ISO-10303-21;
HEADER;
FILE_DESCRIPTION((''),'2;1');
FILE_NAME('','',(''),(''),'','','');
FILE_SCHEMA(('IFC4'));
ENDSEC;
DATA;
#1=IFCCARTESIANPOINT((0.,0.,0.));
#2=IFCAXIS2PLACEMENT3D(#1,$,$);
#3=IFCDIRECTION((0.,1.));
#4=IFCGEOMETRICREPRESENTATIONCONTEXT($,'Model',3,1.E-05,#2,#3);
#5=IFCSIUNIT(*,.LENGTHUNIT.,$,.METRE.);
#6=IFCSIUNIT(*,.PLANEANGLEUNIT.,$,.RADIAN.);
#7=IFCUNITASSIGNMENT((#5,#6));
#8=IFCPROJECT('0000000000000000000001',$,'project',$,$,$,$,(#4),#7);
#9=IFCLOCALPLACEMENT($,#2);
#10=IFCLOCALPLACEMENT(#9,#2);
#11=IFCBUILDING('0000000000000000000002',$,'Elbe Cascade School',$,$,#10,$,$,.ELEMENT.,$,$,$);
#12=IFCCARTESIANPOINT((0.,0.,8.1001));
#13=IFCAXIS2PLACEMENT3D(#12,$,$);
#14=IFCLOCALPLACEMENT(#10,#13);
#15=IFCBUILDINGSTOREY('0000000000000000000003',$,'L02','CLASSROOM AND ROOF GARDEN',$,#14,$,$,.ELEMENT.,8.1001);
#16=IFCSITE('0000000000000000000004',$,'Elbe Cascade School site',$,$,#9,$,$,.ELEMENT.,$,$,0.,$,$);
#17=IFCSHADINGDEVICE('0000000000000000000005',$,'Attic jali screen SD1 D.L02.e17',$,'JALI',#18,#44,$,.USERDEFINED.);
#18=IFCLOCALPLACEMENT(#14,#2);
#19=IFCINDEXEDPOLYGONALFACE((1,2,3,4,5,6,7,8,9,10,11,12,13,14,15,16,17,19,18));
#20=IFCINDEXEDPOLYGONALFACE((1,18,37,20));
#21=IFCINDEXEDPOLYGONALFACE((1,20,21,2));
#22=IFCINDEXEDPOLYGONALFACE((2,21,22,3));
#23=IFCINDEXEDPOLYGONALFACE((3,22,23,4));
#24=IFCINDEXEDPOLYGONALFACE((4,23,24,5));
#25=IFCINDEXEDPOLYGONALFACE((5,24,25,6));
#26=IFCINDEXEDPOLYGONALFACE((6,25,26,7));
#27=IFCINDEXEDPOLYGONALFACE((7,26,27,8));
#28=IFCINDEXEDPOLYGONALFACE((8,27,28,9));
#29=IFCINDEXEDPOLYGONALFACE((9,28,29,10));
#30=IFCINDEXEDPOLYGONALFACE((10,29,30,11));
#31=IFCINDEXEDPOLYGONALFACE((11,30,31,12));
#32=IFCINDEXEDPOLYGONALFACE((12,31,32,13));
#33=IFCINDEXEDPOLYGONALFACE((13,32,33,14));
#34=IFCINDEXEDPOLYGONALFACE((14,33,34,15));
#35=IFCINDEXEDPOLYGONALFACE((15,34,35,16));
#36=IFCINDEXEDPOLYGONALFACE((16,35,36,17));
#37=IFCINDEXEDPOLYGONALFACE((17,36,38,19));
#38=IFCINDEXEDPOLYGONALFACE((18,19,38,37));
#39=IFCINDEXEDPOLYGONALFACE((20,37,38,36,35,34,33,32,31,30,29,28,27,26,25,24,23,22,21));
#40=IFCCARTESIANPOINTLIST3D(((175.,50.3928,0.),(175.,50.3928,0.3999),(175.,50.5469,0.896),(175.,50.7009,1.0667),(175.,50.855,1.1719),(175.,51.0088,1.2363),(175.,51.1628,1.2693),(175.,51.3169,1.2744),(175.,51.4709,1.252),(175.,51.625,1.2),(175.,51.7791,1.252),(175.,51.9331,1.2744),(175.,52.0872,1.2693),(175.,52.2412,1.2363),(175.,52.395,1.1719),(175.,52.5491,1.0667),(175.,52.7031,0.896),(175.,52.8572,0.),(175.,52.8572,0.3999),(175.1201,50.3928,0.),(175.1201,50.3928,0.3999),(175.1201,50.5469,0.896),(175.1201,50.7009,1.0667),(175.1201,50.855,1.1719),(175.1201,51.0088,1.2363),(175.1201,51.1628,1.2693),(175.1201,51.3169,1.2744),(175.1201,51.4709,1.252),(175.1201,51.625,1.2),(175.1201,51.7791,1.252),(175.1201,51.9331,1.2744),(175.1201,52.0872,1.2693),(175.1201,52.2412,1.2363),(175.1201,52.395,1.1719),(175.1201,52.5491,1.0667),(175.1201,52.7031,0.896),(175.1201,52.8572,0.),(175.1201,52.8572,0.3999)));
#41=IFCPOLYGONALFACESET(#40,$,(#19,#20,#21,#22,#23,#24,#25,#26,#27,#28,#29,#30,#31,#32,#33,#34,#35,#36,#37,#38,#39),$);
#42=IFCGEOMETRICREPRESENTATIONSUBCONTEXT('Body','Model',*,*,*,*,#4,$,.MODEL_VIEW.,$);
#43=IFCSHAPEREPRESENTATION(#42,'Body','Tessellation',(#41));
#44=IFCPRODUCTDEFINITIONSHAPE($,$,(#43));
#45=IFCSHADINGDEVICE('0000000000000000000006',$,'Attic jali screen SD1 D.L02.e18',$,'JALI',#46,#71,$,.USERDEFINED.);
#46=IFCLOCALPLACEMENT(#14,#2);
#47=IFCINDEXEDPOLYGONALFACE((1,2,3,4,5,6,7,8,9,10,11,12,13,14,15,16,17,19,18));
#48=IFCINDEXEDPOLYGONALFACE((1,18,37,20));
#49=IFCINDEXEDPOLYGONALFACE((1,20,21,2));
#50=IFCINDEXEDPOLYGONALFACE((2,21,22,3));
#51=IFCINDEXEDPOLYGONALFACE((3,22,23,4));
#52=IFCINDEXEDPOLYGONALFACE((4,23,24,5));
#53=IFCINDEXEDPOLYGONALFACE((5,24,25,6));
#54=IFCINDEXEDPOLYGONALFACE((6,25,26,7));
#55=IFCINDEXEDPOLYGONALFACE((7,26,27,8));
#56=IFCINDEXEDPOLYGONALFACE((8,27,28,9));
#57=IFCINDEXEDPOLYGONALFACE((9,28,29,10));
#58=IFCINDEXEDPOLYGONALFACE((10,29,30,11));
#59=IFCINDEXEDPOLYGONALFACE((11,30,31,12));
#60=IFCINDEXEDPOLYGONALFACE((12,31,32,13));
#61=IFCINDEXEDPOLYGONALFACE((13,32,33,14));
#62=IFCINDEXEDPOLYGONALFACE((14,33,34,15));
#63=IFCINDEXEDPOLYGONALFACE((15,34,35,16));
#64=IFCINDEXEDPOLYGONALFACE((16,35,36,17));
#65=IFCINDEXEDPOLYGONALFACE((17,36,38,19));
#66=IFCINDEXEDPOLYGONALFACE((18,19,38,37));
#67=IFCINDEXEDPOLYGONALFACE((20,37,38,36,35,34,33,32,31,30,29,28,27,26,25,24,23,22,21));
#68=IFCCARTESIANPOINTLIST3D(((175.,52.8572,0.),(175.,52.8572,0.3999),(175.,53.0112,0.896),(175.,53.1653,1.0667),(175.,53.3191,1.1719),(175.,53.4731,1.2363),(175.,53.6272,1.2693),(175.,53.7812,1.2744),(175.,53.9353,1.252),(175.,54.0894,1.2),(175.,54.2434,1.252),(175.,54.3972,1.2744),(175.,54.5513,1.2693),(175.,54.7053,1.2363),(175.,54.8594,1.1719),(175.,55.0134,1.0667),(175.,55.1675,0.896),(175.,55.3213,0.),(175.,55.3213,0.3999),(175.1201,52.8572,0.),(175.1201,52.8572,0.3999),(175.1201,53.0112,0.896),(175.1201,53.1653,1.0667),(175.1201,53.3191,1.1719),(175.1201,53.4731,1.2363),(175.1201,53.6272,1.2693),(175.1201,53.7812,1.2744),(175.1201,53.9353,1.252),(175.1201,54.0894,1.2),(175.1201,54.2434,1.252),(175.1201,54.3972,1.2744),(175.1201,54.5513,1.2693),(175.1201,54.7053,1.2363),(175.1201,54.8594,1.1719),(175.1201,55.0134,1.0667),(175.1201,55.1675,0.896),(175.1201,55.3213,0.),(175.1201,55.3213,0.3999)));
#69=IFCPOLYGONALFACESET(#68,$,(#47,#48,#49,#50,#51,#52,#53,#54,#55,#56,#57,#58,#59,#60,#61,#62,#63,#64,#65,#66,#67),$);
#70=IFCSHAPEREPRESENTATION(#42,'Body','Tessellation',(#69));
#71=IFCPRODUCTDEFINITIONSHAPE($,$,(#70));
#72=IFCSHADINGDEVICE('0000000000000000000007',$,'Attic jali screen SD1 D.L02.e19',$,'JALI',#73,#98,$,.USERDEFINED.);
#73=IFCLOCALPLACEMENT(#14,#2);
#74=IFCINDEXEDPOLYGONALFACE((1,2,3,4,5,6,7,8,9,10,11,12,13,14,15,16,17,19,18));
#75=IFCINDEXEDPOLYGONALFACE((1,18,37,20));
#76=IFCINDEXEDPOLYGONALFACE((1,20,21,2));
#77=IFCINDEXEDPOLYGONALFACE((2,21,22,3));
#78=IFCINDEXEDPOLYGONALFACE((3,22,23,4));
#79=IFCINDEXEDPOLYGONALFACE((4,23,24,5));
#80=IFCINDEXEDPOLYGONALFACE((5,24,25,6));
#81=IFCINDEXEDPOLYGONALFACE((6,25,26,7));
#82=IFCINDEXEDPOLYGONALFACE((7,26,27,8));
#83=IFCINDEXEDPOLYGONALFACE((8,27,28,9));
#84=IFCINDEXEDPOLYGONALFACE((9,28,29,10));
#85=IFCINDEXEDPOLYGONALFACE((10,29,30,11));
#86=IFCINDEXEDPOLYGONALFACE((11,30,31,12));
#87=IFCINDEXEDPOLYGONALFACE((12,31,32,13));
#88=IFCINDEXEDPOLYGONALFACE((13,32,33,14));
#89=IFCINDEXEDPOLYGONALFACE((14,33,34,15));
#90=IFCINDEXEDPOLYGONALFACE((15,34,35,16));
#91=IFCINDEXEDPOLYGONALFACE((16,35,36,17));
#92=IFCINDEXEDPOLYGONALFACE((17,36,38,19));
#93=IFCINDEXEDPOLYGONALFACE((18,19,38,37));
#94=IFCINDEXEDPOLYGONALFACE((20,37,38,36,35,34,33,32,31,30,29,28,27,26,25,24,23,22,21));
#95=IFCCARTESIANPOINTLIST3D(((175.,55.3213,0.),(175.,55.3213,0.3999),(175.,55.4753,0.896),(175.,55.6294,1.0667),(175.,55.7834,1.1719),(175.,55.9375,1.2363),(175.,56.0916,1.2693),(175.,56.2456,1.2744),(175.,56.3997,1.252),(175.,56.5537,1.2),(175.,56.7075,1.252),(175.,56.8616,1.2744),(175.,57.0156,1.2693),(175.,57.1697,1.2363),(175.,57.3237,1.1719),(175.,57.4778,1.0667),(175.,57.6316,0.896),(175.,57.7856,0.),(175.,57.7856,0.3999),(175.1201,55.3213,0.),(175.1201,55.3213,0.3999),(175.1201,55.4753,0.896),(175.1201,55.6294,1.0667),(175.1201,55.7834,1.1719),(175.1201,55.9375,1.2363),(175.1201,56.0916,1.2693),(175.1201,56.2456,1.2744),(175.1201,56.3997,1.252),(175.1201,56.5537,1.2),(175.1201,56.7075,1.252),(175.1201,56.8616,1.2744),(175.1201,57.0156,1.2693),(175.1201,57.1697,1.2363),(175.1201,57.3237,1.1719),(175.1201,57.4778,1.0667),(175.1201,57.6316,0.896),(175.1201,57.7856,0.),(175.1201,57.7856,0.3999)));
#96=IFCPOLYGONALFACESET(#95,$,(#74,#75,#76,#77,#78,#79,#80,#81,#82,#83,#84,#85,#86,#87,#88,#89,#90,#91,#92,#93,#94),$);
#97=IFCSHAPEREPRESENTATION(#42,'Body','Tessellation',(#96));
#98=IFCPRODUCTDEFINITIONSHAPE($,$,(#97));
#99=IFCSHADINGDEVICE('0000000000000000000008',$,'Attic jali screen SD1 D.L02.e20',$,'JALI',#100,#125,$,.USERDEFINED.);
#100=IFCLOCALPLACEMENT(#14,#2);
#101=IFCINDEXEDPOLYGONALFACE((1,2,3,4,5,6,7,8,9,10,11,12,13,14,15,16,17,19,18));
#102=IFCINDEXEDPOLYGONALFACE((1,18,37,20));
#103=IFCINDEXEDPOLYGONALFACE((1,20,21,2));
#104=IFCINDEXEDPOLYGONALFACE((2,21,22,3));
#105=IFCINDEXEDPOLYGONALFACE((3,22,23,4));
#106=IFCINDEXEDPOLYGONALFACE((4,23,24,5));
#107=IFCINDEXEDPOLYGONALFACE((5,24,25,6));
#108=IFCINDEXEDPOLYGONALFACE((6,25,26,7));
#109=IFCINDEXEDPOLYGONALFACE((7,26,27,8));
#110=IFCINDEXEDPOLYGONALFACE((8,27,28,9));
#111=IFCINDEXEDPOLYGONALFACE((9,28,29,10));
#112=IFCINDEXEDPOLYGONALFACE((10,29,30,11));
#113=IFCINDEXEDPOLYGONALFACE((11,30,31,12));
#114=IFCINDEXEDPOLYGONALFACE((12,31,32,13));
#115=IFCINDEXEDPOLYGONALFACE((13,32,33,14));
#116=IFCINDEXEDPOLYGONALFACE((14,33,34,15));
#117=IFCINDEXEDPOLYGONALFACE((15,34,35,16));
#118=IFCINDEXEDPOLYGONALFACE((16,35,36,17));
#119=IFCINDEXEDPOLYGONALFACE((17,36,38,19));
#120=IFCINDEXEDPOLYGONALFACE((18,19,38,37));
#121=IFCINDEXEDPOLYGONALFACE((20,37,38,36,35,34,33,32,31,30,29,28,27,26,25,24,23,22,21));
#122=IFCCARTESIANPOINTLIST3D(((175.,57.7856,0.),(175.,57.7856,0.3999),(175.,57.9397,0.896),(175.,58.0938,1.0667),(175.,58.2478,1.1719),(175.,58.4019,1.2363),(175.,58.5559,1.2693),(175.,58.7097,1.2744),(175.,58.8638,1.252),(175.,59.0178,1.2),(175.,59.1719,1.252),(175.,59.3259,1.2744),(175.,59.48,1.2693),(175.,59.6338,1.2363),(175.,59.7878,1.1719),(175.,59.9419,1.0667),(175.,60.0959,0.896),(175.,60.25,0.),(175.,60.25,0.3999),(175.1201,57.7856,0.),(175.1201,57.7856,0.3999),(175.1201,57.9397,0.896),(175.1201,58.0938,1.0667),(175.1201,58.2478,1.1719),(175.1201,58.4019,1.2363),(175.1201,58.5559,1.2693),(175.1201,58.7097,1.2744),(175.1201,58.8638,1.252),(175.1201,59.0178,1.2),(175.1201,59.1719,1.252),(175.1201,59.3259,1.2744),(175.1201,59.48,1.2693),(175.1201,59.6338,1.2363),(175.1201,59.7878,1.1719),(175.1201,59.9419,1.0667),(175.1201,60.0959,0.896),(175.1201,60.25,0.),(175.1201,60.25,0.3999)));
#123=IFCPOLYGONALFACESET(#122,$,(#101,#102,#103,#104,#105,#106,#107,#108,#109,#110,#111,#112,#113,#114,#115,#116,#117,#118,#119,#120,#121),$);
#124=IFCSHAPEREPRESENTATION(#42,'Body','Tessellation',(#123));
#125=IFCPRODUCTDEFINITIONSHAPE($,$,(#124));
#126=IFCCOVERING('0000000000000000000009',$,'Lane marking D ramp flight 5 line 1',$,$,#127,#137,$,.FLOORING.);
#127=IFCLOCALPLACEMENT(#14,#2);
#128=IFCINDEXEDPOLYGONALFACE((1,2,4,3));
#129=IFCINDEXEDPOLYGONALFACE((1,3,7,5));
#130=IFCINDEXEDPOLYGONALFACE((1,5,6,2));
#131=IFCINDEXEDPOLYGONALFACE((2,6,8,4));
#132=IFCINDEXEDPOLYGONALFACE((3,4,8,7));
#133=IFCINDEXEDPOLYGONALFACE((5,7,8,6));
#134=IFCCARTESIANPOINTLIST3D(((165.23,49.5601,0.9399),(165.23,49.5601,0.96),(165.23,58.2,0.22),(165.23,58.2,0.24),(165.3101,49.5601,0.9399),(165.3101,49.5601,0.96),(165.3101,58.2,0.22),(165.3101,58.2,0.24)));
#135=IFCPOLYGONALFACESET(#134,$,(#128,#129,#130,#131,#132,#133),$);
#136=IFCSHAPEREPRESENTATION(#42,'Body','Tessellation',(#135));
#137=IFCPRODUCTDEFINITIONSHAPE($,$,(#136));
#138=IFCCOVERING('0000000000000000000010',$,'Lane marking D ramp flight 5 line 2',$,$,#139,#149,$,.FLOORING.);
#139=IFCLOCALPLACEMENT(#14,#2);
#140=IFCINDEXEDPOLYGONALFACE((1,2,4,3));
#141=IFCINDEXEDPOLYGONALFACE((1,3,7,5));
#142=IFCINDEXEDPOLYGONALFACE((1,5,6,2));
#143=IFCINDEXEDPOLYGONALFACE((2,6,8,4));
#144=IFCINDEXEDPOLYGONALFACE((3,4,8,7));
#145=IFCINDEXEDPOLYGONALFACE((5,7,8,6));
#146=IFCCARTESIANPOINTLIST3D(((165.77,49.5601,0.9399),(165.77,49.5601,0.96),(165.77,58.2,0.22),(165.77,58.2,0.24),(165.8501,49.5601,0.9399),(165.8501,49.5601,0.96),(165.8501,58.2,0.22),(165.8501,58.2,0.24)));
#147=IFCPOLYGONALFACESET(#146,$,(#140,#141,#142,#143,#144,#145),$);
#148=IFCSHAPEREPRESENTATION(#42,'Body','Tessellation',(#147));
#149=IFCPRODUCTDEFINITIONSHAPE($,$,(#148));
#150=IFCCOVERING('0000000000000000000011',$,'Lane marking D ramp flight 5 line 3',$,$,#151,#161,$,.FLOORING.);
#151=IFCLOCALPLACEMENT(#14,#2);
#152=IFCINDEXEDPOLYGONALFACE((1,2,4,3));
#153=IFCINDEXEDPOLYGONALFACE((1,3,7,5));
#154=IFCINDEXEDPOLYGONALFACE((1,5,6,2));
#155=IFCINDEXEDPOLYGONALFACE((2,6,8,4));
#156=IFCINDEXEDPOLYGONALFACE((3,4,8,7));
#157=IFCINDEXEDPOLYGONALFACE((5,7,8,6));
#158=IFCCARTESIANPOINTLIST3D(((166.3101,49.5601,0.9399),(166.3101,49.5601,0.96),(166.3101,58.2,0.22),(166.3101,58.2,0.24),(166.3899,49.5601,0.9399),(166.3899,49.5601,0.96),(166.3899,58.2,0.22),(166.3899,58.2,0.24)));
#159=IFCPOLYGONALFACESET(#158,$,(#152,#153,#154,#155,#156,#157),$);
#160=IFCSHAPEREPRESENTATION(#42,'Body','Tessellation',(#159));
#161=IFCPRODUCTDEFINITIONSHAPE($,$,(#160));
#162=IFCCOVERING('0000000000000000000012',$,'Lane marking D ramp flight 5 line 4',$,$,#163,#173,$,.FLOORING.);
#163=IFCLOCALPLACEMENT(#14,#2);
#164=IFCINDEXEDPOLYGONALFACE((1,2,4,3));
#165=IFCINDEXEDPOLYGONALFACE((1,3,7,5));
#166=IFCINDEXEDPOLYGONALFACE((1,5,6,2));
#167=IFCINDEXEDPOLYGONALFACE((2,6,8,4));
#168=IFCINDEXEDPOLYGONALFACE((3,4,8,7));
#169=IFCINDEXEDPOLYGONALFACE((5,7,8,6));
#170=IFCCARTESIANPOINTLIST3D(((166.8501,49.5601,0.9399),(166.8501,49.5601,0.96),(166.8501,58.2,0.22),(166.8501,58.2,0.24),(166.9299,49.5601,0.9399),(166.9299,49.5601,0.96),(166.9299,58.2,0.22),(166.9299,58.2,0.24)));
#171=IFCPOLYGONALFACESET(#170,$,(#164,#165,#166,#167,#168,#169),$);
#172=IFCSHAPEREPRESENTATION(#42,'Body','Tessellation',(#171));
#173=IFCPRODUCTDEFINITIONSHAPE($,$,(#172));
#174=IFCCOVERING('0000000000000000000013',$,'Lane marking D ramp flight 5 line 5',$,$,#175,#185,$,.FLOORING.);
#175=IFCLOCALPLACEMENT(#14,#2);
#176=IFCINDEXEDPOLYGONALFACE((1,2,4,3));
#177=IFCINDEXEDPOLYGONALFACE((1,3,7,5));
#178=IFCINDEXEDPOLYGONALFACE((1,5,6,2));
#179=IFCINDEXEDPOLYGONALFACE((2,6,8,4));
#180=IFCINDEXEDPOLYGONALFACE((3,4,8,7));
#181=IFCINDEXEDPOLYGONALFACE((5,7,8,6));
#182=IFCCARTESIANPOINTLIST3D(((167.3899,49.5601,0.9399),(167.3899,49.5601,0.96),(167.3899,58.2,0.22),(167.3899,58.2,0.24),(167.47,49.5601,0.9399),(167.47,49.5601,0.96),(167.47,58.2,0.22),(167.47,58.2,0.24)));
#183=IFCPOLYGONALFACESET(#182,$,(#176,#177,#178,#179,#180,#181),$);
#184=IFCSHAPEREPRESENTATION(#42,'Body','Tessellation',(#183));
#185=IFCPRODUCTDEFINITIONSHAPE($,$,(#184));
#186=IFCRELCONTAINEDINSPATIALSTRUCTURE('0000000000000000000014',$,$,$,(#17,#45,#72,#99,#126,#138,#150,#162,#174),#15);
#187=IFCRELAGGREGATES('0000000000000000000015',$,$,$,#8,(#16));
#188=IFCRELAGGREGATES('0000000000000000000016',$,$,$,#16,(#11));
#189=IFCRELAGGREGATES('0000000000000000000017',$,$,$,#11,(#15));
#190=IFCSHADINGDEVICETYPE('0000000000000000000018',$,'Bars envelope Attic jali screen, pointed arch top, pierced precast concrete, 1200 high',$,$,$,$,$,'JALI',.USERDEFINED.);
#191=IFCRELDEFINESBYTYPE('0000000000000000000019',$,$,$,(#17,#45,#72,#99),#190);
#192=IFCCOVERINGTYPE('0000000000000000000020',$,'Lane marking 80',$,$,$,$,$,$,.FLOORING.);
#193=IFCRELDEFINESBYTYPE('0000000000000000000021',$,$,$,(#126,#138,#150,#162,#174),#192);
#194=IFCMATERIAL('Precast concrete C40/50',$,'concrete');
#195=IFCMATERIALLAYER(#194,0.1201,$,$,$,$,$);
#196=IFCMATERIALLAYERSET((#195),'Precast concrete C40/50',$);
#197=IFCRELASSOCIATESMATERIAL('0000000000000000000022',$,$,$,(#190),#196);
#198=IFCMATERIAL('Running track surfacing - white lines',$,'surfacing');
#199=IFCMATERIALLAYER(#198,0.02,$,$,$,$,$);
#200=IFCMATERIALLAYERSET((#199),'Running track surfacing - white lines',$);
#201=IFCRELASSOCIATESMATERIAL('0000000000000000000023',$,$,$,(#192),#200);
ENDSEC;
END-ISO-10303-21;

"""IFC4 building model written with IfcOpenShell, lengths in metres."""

from ifc_helpers import new_model, si_unit, direction, frame, origin, place, context, subcontext, project, spatial, polyline, outline, extrude, material, layer, layer_set, type_object, element, save


model = new_model("IFC4")

# Units and contexts
model_context = context("Model", 3, precision=1e-05, world=origin(), true_north=direction((0.0, 1.0)))
body_context = subcontext(model_context, "Body", "Model", "MODEL_VIEW")
ifc_project = project(units=[si_unit("LENGTHUNIT", "METRE"), si_unit("PLANEANGLEUNIT", "RADIAN")], contexts=[model_context])

# Site, building, storey
site_placement = place(None, origin())
site = spatial("IfcSite", under=ifc_project, at=site_placement, Name="Elbe Cascade School site", CompositionType="ELEMENT", RefElevation=0.0)
building_placement = place(site_placement, origin())
building = spatial("IfcBuilding", under=site, at=building_placement, Name="Elbe Cascade School", CompositionType="ELEMENT")
storey_placement = place(building_placement, frame((0.0, 0.0, 8.1001)))
storey = spatial("IfcBuildingStorey", under=building, at=storey_placement, Name="L02", Description="CLASSROOM AND ROOF GARDEN", CompositionType="ELEMENT", Elevation=8.1001)

# Shading devices
ifc_material_1 = material(Name="Precast concrete C40/50", Category="concrete")
ifc_layer_1 = layer(ifc_material_1, 0.1201)
ifc_layer_set_1 = layer_set([ifc_layer_1], Name="Precast concrete C40/50")
shading_device_type = type_object("IfcShadingDeviceType", Name="Bars envelope Attic jali screen, pointed arch top, pierced precast concrete, 1200 high", ElementType="JALI", PredefinedType="USERDEFINED", material=ifc_layer_set_1)
shading_device_1_placement = place(storey_placement, frame((175.1201, 50.3928, 0.0), z_axis=(1.0, 0.0, 0.0), x_axis=(0.0, 1.0, 0.0)))
element("IfcShadingDevice", 1, at=shading_device_1_placement, inside=storey, type_object=shading_device_type, Name="Attic jali screen SD1 D.L02.e17", ObjectType="JALI", PredefinedType="USERDEFINED", context=body_context, shape_type="SweptSolid", body=[
    extrude(outline(polyline([(0.0, 0.0), (2.4644, 0.0), (2.4644, 0.3999), (2.3103, 0.896), (2.1562, 1.0667), (2.0022, 1.1719), (1.8484, 1.2363), (1.6943, 1.2693), (1.5403, 1.2744), (1.3862, 1.252), (1.2322, 1.2), (1.0781, 1.252), (0.9241, 1.2744), (0.77, 1.2693), (0.616, 1.2363), (0.4622, 1.1719), (0.3081, 1.0667), (0.1541, 0.896), (0.0, 0.3999), (0.0, 0.0)])), origin(), (0.0, 0.0, -1.0), 0.1201),
])
shading_device_2_placement = place(storey_placement, frame((175.1201, 52.8572, 0.0), z_axis=(1.0, 0.0, 0.0), x_axis=(0.0, 1.0, 0.0)))
element("IfcShadingDevice", 2, at=shading_device_2_placement, inside=storey, type_object=shading_device_type, Name="Attic jali screen SD1 D.L02.e18", ObjectType="JALI", PredefinedType="USERDEFINED", context=body_context, shape_type="SweptSolid", body=[
    extrude(outline(polyline([(0.0, 0.0), (2.4641, 0.0), (2.4641, 0.3999), (2.3103, 0.896), (2.1562, 1.0667), (2.0022, 1.1719), (1.8481, 1.2363), (1.6941, 1.2693), (1.54, 1.2744), (1.3862, 1.252), (1.2322, 1.2), (1.0781, 1.252), (0.9241, 1.2744), (0.77, 1.2693), (0.616, 1.2363), (0.4619, 1.1719), (0.3081, 1.0667), (0.1541, 0.896), (0.0, 0.3999), (0.0, 0.0)])), origin(), (0.0, 0.0, -1.0), 0.1201),
])
shading_device_3_placement = place(storey_placement, frame((175.1201, 55.3213, 0.0), z_axis=(1.0, 0.0, 0.0), x_axis=(0.0, 1.0, 0.0)))
element("IfcShadingDevice", 3, at=shading_device_3_placement, inside=storey, type_object=shading_device_type, Name="Attic jali screen SD1 D.L02.e19", ObjectType="JALI", PredefinedType="USERDEFINED", context=body_context, shape_type="SweptSolid", body=[
    extrude(outline(polyline([(0.0, 0.0), (2.4644, 0.0), (2.4644, 0.3999), (2.3103, 0.896), (2.1565, 1.0667), (2.0024, 1.1719), (1.8484, 1.2363), (1.6943, 1.2693), (1.5403, 1.2744), (1.3862, 1.252), (1.2324, 1.2), (1.0784, 1.252), (0.9243, 1.2744), (0.7703, 1.2693), (0.6162, 1.2363), (0.4622, 1.1719), (0.3081, 1.0667), (0.1541, 0.896), (0.0, 0.3999), (0.0, 0.0)])), origin(), (0.0, 0.0, -1.0), 0.1201),
])
shading_device_4_placement = place(storey_placement, frame((175.1201, 57.7856, 0.0), z_axis=(1.0, 0.0, 0.0), x_axis=(0.0, 1.0, 0.0)))
element("IfcShadingDevice", 4, at=shading_device_4_placement, inside=storey, type_object=shading_device_type, Name="Attic jali screen SD1 D.L02.e20", ObjectType="JALI", PredefinedType="USERDEFINED", context=body_context, shape_type="SweptSolid", body=[
    extrude(outline(polyline([(0.0, 0.0), (2.4644, 0.0), (2.4644, 0.3999), (2.3103, 0.896), (2.1562, 1.0667), (2.0022, 1.1719), (1.8481, 1.2363), (1.6943, 1.2693), (1.5403, 1.2744), (1.3862, 1.252), (1.2322, 1.2), (1.0781, 1.252), (0.9241, 1.2744), (0.7703, 1.2693), (0.6162, 1.2363), (0.4622, 1.1719), (0.3081, 1.0667), (0.1541, 0.896), (0.0, 0.3999), (0.0, 0.0)])), origin(), (0.0, 0.0, -1.0), 0.1201),
])

# Coverings
ifc_material_2 = material(Name="Running track surfacing - white lines", Category="surfacing")
ifc_layer_2 = layer(ifc_material_2, 0.02)
ifc_layer_set_2 = layer_set([ifc_layer_2], Name="Running track surfacing - white lines")
covering_type_1 = type_object("IfcCoveringType", Name="Lane marking 80", PredefinedType="FLOORING", material=ifc_layer_set_2)
for number, where, z_axis, x_axis, name in (
    (5, (165.23, 49.5601, 0.96), (0.0, 0.083043, 0.996546), (0.0, 0.996546, -0.083043), "Lane marking D ramp flight 5 line 1"),
    (6, (165.77, 49.5601, 0.96), (0.0, 0.083043, 0.996546), (0.0, 0.996546, -0.083043), "Lane marking D ramp flight 5 line 2"),
):
    element("IfcCovering", number, at=place(storey_placement, frame(where, z_axis=z_axis, x_axis=x_axis)), inside=storey, type_object=covering_type_1, Name=name, PredefinedType="FLOORING", context=body_context, shape_type="SweptSolid", body=[
        extrude(outline(polyline([(0.0, 0.0), (8.6698, 0.0), (8.6698, -0.0801), (0.0, -0.0801), (0.0, 0.0)])), origin(), (0.083043, 0.0, -0.996546), 0.02),
    ])
for number, where, z_axis, x_axis, name in (
    (7, (166.3101, 49.5601, 0.96), (0.0, 0.083043, 0.996546), (0.0, 0.996546, -0.083043), "Lane marking D ramp flight 5 line 3"),
    (8, (166.8501, 49.5601, 0.96), (0.0, 0.083043, 0.996546), (0.0, 0.996546, -0.083043), "Lane marking D ramp flight 5 line 4"),
):
    element("IfcCovering", number, at=place(storey_placement, frame(where, z_axis=z_axis, x_axis=x_axis)), inside=storey, type_object=covering_type_1, Name=name, PredefinedType="FLOORING", context=body_context, shape_type="SweptSolid", body=[
        extrude(outline(polyline([(0.0, 0.0), (8.6698, 0.0), (8.6698, -0.0798), (0.0, -0.0798), (0.0, 0.0)])), origin(), (0.083043, 0.0, -0.996546), 0.02),
    ])
covering_1_placement = place(storey_placement, frame((167.3899, 49.5601, 0.96), z_axis=(0.0, 0.083043, 0.996546), x_axis=(0.0, 0.996546, -0.083043)))
element("IfcCovering", 9, at=covering_1_placement, inside=storey, type_object=covering_type_1, Name="Lane marking D ramp flight 5 line 5", PredefinedType="FLOORING", context=body_context, shape_type="SweptSolid", body=[
    extrude(outline(polyline([(0.0, 0.0), (8.6698, 0.0), (8.6698, -0.0801), (0.0, -0.0801), (0.0, 0.0)])), origin(), (0.083043, 0.0, -0.996546), 0.02),
])

save(model, "model.ifc")
